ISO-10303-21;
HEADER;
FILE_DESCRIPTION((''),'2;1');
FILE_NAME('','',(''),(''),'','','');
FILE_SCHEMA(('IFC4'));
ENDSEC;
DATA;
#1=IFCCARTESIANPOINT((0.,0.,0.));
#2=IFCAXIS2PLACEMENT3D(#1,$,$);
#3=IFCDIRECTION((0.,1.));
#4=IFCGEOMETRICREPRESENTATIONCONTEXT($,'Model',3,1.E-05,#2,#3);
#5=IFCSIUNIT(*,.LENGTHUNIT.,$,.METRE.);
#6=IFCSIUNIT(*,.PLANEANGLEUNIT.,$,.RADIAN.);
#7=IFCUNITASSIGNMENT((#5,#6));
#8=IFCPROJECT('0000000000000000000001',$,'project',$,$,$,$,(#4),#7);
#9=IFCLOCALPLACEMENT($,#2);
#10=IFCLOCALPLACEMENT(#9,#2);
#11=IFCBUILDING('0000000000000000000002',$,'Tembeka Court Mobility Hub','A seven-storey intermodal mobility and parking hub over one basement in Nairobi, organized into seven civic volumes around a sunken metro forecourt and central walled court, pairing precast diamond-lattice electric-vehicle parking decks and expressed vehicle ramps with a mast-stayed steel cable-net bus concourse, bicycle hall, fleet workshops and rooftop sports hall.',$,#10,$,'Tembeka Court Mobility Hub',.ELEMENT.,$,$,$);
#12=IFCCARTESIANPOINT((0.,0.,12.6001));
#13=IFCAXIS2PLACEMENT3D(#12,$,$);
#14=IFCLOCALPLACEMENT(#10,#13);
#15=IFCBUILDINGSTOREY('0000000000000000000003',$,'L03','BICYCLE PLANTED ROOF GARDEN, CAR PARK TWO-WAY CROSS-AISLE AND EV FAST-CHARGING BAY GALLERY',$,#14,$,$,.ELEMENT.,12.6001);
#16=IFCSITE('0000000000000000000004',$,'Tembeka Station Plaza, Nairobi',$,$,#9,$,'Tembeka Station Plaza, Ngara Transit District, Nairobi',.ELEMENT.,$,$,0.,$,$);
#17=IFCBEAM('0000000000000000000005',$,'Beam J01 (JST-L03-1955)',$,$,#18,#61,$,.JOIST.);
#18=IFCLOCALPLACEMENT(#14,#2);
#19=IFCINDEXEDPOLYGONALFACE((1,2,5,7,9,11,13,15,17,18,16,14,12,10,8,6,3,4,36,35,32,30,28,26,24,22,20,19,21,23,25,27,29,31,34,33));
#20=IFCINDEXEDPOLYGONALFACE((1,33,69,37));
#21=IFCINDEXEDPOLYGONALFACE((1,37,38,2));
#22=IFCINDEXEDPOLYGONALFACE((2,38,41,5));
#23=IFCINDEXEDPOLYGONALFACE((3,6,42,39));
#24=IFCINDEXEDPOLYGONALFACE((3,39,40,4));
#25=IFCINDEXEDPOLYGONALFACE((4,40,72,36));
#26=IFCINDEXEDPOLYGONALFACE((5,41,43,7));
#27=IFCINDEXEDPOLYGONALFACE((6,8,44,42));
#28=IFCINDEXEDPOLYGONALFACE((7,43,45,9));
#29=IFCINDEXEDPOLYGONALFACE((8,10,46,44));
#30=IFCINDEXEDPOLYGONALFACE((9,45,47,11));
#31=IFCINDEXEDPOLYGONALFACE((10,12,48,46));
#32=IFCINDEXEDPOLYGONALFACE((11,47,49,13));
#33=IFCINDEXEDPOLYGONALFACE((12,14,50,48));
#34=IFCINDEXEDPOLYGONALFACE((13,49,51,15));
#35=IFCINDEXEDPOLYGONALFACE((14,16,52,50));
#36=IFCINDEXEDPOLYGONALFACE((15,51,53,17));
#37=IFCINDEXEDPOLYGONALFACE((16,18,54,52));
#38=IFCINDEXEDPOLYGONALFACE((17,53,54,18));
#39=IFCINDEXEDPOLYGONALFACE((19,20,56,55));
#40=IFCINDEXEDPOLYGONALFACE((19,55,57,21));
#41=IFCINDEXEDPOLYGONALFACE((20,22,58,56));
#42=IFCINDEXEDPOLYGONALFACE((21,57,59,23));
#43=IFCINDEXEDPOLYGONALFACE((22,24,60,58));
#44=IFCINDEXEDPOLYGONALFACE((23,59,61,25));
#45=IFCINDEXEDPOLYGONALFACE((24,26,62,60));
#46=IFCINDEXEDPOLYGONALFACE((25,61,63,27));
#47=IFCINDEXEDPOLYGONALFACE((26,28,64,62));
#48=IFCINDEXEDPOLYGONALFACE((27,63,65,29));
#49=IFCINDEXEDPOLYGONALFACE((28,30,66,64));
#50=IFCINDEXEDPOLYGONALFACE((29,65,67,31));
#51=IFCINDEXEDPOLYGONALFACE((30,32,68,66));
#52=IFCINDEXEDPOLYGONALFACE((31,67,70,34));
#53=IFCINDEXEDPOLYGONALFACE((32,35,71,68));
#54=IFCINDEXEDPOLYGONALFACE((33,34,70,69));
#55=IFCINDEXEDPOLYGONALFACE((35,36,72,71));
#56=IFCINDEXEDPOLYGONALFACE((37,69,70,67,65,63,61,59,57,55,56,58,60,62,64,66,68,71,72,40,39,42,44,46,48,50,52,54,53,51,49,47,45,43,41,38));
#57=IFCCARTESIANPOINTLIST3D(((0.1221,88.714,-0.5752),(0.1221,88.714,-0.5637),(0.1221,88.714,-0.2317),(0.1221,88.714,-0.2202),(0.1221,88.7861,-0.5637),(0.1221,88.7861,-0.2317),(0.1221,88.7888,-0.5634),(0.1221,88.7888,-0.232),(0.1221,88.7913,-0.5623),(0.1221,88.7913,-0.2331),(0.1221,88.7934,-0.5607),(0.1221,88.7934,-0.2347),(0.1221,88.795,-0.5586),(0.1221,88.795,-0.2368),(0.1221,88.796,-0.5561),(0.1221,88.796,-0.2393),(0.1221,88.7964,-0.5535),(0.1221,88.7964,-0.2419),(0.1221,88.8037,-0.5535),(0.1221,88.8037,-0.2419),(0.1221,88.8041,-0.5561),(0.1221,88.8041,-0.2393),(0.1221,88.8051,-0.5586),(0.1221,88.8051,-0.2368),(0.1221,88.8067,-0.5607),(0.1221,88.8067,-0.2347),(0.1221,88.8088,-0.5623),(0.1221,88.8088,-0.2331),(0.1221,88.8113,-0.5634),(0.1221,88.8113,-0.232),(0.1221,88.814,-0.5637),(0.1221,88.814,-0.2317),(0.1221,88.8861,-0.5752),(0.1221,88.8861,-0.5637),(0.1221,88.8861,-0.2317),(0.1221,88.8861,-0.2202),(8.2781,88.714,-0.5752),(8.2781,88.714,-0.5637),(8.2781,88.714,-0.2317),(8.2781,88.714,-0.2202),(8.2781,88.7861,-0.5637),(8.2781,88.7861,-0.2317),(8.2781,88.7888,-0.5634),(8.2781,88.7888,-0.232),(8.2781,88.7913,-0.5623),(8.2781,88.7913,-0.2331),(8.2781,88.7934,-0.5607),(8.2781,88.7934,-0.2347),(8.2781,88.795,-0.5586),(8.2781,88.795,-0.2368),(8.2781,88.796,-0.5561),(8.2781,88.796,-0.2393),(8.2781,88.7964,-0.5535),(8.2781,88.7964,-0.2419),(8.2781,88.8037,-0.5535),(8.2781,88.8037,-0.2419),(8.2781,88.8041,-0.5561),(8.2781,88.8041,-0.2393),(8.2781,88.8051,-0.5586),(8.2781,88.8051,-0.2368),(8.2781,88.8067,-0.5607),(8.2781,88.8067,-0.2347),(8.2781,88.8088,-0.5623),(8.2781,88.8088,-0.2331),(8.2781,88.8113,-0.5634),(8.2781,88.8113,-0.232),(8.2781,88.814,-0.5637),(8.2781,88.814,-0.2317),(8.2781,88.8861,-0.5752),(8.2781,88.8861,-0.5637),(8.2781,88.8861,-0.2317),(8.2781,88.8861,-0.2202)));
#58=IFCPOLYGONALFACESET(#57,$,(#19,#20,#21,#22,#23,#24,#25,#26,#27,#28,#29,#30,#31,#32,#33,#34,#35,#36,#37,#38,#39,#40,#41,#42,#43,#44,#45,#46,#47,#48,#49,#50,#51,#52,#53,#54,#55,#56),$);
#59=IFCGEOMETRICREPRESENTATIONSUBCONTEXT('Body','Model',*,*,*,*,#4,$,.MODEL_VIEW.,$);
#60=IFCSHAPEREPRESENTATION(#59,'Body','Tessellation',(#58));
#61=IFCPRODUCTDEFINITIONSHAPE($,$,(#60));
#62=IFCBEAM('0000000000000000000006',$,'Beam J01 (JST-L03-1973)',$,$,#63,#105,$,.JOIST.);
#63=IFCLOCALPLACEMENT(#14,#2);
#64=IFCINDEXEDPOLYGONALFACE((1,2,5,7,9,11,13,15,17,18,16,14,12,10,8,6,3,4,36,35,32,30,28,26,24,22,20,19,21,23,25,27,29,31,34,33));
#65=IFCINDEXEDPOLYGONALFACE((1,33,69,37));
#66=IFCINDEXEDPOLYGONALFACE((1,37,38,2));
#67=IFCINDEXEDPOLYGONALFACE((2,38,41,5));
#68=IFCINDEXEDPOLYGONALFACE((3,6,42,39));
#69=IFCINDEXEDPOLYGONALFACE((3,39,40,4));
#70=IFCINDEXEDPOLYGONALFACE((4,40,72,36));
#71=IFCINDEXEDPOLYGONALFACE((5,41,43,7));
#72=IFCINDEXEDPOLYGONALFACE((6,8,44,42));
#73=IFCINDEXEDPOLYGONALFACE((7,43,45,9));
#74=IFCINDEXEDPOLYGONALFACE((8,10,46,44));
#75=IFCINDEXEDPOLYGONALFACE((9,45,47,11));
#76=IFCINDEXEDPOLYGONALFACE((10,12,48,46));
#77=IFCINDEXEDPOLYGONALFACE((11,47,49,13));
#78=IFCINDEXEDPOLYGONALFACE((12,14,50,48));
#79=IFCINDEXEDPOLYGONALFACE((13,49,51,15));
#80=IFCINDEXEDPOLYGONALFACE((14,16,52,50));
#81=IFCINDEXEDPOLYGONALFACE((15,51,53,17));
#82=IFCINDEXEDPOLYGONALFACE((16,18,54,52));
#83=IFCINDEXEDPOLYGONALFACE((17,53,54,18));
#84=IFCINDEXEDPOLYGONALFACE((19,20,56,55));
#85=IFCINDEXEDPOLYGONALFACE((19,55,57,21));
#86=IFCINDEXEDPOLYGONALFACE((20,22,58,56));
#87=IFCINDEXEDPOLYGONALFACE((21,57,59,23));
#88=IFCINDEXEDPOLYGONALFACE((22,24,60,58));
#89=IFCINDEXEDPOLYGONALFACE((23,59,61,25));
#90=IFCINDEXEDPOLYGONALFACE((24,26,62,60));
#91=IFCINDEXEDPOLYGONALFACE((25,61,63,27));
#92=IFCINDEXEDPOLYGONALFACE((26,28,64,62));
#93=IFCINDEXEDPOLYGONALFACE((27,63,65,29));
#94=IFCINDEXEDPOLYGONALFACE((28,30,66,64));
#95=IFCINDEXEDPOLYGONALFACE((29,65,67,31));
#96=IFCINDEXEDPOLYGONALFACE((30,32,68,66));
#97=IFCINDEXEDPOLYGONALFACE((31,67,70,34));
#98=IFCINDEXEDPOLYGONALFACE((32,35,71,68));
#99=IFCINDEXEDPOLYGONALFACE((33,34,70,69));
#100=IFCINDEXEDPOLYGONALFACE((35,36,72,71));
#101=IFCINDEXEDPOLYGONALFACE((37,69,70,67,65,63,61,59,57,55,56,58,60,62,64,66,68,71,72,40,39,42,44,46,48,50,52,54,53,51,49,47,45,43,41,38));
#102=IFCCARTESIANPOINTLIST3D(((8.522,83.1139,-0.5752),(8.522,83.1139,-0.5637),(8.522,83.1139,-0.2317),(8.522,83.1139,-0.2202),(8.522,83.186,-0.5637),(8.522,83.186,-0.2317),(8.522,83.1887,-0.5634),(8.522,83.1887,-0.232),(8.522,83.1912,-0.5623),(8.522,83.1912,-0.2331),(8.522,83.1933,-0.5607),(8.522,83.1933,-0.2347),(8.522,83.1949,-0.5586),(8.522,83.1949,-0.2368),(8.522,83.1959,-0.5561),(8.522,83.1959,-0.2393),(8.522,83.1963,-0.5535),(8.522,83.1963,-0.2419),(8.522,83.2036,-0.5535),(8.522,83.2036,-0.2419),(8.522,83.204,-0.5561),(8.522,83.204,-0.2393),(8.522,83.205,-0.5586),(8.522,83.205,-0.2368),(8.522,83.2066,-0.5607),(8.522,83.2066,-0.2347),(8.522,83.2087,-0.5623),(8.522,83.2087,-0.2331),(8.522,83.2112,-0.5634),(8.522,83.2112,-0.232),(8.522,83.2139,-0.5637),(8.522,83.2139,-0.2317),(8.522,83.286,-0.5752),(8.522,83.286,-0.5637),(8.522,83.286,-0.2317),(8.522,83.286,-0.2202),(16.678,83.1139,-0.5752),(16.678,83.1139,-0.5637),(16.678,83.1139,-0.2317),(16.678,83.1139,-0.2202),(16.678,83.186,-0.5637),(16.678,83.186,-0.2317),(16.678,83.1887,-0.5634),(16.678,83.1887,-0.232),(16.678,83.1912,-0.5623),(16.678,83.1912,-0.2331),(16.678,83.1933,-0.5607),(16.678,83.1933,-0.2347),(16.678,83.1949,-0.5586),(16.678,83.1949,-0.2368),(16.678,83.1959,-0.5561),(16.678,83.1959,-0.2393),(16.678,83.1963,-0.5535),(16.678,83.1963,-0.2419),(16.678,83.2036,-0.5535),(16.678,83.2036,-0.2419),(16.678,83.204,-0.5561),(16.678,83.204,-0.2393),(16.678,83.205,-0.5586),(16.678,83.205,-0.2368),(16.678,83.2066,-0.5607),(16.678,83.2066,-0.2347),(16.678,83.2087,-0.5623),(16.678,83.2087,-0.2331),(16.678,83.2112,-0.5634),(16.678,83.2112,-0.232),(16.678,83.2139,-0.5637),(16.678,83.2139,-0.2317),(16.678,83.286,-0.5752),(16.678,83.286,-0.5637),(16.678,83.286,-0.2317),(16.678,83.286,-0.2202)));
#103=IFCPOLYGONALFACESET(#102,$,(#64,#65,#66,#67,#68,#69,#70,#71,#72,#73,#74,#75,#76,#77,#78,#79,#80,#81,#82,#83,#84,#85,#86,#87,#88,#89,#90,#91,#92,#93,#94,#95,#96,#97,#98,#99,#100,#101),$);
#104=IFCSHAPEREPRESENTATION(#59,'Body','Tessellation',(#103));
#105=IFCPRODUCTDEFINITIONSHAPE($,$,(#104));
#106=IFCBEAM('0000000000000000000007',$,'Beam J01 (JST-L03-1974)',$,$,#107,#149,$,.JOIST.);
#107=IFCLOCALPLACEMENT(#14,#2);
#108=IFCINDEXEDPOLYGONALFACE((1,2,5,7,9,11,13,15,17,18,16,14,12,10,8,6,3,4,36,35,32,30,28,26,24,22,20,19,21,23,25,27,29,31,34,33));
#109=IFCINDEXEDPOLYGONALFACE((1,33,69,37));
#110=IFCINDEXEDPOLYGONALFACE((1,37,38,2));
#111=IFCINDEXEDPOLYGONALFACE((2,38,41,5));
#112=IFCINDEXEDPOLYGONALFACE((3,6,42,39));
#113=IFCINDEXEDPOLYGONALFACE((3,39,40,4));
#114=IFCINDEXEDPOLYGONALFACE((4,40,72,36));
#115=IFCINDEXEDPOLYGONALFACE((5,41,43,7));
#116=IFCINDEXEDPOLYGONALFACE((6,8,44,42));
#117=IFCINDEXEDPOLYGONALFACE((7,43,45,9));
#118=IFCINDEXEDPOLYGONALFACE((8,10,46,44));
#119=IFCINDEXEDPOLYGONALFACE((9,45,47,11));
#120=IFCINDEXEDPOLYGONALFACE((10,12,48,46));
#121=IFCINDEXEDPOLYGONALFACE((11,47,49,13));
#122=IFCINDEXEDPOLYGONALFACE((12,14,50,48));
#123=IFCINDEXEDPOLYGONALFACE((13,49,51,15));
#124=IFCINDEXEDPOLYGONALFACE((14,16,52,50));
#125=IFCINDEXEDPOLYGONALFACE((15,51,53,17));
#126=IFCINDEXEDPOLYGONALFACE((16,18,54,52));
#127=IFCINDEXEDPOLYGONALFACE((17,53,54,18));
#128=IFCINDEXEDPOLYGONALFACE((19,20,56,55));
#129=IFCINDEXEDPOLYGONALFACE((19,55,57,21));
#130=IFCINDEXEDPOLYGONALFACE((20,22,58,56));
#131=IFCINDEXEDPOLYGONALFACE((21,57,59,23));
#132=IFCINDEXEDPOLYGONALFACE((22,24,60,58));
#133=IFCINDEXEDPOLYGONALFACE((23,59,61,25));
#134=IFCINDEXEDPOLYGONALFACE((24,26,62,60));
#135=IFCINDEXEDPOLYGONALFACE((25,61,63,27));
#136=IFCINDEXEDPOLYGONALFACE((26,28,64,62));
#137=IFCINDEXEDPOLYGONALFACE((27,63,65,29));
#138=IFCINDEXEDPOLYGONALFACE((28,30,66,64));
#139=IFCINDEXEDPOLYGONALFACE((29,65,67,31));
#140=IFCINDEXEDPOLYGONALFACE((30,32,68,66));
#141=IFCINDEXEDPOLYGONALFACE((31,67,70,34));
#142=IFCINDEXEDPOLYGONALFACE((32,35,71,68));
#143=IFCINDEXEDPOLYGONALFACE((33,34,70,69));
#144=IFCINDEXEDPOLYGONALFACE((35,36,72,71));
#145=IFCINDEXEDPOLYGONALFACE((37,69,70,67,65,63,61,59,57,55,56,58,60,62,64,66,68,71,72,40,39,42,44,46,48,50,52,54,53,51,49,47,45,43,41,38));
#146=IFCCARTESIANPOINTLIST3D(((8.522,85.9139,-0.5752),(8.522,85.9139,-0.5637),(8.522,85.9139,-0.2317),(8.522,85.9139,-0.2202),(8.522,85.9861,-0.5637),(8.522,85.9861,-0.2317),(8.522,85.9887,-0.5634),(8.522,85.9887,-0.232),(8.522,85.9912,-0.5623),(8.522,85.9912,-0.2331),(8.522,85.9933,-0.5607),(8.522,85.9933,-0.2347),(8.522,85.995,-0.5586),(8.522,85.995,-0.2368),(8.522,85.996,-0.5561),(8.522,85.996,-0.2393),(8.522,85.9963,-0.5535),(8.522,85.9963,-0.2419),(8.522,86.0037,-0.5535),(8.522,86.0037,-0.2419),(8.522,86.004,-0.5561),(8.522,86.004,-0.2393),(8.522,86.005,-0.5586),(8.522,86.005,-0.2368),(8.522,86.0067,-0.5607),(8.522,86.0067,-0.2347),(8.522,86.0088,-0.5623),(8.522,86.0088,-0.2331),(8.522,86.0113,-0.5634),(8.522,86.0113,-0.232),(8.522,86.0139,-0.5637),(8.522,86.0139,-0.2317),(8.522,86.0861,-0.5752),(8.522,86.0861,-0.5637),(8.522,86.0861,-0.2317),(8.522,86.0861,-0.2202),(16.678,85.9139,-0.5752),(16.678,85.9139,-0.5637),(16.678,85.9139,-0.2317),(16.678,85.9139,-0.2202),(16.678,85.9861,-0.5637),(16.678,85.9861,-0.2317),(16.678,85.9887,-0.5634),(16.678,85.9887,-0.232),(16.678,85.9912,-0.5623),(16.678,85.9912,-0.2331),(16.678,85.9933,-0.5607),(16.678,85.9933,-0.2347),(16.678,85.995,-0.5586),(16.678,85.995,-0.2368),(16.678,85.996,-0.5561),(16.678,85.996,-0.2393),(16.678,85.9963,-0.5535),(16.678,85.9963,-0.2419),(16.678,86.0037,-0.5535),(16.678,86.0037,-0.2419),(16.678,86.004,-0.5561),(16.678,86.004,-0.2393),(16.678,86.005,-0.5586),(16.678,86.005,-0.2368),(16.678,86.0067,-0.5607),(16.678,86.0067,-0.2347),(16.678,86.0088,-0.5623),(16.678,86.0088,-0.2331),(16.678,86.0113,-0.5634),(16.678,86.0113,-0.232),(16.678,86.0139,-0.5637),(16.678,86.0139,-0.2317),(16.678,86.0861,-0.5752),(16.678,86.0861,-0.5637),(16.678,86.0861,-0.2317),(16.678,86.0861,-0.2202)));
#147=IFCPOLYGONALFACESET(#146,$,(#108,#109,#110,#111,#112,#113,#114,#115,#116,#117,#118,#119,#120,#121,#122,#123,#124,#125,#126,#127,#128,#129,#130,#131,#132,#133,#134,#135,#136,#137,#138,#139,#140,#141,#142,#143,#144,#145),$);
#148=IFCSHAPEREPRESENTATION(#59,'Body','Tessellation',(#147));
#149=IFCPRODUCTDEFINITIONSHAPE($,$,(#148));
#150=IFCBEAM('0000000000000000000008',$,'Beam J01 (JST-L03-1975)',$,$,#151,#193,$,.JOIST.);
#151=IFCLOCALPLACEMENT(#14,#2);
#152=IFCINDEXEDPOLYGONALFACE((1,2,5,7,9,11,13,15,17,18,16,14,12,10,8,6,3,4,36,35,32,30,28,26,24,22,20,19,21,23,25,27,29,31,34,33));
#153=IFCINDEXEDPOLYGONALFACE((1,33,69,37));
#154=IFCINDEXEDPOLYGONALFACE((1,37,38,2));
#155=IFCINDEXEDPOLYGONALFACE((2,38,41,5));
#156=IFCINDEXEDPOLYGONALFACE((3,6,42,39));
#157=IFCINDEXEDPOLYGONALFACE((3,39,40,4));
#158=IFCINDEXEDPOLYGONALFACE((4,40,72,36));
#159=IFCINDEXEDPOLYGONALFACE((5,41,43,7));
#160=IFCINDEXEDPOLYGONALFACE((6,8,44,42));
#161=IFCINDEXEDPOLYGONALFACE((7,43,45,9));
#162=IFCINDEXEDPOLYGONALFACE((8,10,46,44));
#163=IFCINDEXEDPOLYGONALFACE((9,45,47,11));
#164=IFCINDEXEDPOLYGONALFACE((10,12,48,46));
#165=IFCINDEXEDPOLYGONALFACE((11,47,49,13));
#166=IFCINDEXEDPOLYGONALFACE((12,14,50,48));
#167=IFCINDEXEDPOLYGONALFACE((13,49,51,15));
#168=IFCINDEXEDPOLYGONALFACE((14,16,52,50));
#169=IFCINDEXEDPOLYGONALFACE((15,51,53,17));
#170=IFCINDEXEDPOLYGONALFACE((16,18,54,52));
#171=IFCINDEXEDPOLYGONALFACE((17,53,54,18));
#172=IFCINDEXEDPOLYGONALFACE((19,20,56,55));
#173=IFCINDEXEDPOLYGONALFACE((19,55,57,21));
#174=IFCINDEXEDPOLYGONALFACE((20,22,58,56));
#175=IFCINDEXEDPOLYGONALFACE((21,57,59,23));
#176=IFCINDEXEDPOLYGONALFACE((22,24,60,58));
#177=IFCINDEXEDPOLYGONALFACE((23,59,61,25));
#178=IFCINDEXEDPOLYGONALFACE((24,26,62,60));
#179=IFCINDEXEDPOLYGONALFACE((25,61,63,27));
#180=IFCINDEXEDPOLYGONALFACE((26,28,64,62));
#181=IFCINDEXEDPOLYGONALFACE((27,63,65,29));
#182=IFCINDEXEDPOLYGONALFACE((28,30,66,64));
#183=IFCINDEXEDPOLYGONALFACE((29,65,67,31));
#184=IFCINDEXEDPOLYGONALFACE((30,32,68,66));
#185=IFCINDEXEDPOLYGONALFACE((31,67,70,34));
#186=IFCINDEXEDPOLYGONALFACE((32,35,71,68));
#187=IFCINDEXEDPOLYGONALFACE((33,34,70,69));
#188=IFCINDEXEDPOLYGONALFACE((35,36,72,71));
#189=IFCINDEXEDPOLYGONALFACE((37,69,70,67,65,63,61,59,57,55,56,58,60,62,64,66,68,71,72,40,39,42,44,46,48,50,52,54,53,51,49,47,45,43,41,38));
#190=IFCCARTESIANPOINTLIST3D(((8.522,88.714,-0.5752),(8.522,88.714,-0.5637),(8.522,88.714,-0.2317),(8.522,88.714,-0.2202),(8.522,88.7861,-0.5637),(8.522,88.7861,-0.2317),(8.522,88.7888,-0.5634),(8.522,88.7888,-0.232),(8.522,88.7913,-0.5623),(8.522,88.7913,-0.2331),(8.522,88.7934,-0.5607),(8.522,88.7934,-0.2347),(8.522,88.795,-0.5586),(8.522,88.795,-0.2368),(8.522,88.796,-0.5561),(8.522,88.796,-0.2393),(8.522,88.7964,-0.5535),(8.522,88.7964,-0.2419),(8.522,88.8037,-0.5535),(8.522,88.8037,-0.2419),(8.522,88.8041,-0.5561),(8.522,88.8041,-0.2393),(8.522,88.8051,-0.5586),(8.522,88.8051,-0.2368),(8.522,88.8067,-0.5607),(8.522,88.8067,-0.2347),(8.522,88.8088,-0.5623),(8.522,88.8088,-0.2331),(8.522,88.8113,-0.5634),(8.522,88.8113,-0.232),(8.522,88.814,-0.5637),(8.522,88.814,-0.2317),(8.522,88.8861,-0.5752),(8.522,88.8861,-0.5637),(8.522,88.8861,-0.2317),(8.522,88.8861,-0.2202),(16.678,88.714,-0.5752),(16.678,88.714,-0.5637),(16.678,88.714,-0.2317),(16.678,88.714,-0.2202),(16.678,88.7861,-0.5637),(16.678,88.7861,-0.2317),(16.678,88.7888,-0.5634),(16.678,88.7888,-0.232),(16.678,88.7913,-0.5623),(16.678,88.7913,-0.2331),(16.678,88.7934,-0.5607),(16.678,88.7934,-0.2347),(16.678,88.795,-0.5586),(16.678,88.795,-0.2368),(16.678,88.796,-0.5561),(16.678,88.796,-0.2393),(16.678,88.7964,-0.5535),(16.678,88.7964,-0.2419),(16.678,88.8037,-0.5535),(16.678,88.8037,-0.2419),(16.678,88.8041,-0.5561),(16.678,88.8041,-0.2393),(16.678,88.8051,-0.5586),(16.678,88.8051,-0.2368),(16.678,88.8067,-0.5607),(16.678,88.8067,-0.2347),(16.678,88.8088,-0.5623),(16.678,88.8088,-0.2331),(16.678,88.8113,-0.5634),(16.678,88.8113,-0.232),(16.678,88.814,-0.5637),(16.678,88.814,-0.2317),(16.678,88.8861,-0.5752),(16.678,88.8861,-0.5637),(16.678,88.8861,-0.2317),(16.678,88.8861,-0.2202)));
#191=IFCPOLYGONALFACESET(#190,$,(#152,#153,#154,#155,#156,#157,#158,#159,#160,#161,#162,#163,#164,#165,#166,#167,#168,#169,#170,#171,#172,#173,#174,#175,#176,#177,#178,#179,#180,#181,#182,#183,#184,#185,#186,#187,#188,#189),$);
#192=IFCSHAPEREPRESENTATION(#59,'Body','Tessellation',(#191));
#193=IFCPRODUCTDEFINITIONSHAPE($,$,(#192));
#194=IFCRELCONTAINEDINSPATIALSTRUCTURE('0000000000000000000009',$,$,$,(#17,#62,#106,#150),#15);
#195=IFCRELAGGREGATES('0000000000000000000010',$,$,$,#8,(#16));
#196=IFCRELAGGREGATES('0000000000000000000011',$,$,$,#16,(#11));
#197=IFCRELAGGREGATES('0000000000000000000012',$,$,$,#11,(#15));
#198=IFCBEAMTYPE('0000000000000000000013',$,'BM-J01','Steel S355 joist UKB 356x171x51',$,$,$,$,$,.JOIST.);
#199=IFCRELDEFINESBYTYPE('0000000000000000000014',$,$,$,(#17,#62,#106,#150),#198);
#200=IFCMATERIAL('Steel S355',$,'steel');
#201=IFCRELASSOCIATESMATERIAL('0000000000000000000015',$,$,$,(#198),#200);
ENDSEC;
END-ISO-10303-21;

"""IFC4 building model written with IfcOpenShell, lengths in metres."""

from ifc_helpers import new_model, si_unit, direction, frame, origin, origin_2d, place, context, subcontext, project, spatial, i_section, extrude, material, material_profile, profile_set, type_object, element, save


model = new_model("IFC4")

# Units and contexts
model_context = context("Model", 3, precision=1e-05, world=origin(), true_north=direction((0.0, 1.0)))
body_context = subcontext(model_context, "Body", "Model", "MODEL_VIEW")
ifc_project = project(units=[si_unit("LENGTHUNIT", "METRE"), si_unit("PLANEANGLEUNIT", "RADIAN")], contexts=[model_context])

# Site, building, storey
site_placement = place(None, origin())
site = spatial("IfcSite", under=ifc_project, at=site_placement, Name="Tembeka Station Plaza, Nairobi", LongName="Tembeka Station Plaza, Ngara Transit District, Nairobi", CompositionType="ELEMENT", RefElevation=0.0)
building_placement = place(site_placement, origin())
building = spatial("IfcBuilding", under=site, at=building_placement, Name="Tembeka Court Mobility Hub", Description="A seven-storey intermodal mobility and parking hub over one basement in Nairobi, organized into seven civic volumes around a sunken metro forecourt and central walled court, pairing precast diamond-lattice electric-vehicle parking decks and expressed vehicle ramps with a mast-stayed steel cable-net bus concourse, bicycle hall, fleet workshops and rooftop sports hall.", LongName="Tembeka Court Mobility Hub", CompositionType="ELEMENT")
storey_placement = place(building_placement, frame((0.0, 0.0, 12.6001)))
storey = spatial("IfcBuildingStorey", under=building, at=storey_placement, Name="L03", Description="BICYCLE PLANTED ROOF GARDEN, CAR PARK TWO-WAY CROSS-AISLE AND EV FAST-CHARGING BAY GALLERY", CompositionType="ELEMENT", Elevation=12.6001)

# Shared definitions
ifc_material_1 = material(Name="Steel S355", Category="steel")

# Beams
ifc_material_profile_1 = material_profile(ifc_material_1, i_section(OverallWidth=0.1721, OverallDepth=0.355, WebThickness=0.0073, FlangeThickness=0.0115, FilletRadius=0.0103, at=origin_2d()), Name="UKB 356x171x51")
ifc_profile_set_1 = profile_set([ifc_material_profile_1], Name="Steel S355")
beam_type_1 = type_object("IfcBeamType", Name="BM-J01", Description="Steel S355 joist UKB 356x171x51", PredefinedType="JOIST", material=ifc_profile_set_1)
for number, where, z_axis, x_axis, name in (
    (1, (0.1221, 88.8, -0.3977), (1.0, 0.0, 0.0), (0.0, 1.0, 0.0), "Beam J01 (JST-L03-1955)"),
    (2, (8.522, 83.2, -0.3977), (1.0, 0.0, 0.0), (0.0, 1.0, 0.0), "Beam J01 (JST-L03-1973)"),
    (3, (8.522, 86.0, -0.3977), (1.0, 0.0, 0.0), (0.0, 1.0, 0.0), "Beam J01 (JST-L03-1974)"),
    (4, (8.522, 88.8, -0.3977), (1.0, 0.0, 0.0), (0.0, 1.0, 0.0), "Beam J01 (JST-L03-1975)"),
):
    element("IfcBeam", number, at=place(storey_placement, frame(where, z_axis=z_axis, x_axis=x_axis)), inside=storey, type_object=beam_type_1, Name=name, PredefinedType="JOIST", context=body_context, shape_type="SweptSolid", body=[
        extrude(i_section(OverallWidth=0.1721, OverallDepth=0.355, WebThickness=0.0073, FlangeThickness=0.0115, FilletRadius=0.0103, at=origin_2d()), origin(), (0.0, 0.0, 1.0), 8.156),
    ])

save(model, "model.ifc")
